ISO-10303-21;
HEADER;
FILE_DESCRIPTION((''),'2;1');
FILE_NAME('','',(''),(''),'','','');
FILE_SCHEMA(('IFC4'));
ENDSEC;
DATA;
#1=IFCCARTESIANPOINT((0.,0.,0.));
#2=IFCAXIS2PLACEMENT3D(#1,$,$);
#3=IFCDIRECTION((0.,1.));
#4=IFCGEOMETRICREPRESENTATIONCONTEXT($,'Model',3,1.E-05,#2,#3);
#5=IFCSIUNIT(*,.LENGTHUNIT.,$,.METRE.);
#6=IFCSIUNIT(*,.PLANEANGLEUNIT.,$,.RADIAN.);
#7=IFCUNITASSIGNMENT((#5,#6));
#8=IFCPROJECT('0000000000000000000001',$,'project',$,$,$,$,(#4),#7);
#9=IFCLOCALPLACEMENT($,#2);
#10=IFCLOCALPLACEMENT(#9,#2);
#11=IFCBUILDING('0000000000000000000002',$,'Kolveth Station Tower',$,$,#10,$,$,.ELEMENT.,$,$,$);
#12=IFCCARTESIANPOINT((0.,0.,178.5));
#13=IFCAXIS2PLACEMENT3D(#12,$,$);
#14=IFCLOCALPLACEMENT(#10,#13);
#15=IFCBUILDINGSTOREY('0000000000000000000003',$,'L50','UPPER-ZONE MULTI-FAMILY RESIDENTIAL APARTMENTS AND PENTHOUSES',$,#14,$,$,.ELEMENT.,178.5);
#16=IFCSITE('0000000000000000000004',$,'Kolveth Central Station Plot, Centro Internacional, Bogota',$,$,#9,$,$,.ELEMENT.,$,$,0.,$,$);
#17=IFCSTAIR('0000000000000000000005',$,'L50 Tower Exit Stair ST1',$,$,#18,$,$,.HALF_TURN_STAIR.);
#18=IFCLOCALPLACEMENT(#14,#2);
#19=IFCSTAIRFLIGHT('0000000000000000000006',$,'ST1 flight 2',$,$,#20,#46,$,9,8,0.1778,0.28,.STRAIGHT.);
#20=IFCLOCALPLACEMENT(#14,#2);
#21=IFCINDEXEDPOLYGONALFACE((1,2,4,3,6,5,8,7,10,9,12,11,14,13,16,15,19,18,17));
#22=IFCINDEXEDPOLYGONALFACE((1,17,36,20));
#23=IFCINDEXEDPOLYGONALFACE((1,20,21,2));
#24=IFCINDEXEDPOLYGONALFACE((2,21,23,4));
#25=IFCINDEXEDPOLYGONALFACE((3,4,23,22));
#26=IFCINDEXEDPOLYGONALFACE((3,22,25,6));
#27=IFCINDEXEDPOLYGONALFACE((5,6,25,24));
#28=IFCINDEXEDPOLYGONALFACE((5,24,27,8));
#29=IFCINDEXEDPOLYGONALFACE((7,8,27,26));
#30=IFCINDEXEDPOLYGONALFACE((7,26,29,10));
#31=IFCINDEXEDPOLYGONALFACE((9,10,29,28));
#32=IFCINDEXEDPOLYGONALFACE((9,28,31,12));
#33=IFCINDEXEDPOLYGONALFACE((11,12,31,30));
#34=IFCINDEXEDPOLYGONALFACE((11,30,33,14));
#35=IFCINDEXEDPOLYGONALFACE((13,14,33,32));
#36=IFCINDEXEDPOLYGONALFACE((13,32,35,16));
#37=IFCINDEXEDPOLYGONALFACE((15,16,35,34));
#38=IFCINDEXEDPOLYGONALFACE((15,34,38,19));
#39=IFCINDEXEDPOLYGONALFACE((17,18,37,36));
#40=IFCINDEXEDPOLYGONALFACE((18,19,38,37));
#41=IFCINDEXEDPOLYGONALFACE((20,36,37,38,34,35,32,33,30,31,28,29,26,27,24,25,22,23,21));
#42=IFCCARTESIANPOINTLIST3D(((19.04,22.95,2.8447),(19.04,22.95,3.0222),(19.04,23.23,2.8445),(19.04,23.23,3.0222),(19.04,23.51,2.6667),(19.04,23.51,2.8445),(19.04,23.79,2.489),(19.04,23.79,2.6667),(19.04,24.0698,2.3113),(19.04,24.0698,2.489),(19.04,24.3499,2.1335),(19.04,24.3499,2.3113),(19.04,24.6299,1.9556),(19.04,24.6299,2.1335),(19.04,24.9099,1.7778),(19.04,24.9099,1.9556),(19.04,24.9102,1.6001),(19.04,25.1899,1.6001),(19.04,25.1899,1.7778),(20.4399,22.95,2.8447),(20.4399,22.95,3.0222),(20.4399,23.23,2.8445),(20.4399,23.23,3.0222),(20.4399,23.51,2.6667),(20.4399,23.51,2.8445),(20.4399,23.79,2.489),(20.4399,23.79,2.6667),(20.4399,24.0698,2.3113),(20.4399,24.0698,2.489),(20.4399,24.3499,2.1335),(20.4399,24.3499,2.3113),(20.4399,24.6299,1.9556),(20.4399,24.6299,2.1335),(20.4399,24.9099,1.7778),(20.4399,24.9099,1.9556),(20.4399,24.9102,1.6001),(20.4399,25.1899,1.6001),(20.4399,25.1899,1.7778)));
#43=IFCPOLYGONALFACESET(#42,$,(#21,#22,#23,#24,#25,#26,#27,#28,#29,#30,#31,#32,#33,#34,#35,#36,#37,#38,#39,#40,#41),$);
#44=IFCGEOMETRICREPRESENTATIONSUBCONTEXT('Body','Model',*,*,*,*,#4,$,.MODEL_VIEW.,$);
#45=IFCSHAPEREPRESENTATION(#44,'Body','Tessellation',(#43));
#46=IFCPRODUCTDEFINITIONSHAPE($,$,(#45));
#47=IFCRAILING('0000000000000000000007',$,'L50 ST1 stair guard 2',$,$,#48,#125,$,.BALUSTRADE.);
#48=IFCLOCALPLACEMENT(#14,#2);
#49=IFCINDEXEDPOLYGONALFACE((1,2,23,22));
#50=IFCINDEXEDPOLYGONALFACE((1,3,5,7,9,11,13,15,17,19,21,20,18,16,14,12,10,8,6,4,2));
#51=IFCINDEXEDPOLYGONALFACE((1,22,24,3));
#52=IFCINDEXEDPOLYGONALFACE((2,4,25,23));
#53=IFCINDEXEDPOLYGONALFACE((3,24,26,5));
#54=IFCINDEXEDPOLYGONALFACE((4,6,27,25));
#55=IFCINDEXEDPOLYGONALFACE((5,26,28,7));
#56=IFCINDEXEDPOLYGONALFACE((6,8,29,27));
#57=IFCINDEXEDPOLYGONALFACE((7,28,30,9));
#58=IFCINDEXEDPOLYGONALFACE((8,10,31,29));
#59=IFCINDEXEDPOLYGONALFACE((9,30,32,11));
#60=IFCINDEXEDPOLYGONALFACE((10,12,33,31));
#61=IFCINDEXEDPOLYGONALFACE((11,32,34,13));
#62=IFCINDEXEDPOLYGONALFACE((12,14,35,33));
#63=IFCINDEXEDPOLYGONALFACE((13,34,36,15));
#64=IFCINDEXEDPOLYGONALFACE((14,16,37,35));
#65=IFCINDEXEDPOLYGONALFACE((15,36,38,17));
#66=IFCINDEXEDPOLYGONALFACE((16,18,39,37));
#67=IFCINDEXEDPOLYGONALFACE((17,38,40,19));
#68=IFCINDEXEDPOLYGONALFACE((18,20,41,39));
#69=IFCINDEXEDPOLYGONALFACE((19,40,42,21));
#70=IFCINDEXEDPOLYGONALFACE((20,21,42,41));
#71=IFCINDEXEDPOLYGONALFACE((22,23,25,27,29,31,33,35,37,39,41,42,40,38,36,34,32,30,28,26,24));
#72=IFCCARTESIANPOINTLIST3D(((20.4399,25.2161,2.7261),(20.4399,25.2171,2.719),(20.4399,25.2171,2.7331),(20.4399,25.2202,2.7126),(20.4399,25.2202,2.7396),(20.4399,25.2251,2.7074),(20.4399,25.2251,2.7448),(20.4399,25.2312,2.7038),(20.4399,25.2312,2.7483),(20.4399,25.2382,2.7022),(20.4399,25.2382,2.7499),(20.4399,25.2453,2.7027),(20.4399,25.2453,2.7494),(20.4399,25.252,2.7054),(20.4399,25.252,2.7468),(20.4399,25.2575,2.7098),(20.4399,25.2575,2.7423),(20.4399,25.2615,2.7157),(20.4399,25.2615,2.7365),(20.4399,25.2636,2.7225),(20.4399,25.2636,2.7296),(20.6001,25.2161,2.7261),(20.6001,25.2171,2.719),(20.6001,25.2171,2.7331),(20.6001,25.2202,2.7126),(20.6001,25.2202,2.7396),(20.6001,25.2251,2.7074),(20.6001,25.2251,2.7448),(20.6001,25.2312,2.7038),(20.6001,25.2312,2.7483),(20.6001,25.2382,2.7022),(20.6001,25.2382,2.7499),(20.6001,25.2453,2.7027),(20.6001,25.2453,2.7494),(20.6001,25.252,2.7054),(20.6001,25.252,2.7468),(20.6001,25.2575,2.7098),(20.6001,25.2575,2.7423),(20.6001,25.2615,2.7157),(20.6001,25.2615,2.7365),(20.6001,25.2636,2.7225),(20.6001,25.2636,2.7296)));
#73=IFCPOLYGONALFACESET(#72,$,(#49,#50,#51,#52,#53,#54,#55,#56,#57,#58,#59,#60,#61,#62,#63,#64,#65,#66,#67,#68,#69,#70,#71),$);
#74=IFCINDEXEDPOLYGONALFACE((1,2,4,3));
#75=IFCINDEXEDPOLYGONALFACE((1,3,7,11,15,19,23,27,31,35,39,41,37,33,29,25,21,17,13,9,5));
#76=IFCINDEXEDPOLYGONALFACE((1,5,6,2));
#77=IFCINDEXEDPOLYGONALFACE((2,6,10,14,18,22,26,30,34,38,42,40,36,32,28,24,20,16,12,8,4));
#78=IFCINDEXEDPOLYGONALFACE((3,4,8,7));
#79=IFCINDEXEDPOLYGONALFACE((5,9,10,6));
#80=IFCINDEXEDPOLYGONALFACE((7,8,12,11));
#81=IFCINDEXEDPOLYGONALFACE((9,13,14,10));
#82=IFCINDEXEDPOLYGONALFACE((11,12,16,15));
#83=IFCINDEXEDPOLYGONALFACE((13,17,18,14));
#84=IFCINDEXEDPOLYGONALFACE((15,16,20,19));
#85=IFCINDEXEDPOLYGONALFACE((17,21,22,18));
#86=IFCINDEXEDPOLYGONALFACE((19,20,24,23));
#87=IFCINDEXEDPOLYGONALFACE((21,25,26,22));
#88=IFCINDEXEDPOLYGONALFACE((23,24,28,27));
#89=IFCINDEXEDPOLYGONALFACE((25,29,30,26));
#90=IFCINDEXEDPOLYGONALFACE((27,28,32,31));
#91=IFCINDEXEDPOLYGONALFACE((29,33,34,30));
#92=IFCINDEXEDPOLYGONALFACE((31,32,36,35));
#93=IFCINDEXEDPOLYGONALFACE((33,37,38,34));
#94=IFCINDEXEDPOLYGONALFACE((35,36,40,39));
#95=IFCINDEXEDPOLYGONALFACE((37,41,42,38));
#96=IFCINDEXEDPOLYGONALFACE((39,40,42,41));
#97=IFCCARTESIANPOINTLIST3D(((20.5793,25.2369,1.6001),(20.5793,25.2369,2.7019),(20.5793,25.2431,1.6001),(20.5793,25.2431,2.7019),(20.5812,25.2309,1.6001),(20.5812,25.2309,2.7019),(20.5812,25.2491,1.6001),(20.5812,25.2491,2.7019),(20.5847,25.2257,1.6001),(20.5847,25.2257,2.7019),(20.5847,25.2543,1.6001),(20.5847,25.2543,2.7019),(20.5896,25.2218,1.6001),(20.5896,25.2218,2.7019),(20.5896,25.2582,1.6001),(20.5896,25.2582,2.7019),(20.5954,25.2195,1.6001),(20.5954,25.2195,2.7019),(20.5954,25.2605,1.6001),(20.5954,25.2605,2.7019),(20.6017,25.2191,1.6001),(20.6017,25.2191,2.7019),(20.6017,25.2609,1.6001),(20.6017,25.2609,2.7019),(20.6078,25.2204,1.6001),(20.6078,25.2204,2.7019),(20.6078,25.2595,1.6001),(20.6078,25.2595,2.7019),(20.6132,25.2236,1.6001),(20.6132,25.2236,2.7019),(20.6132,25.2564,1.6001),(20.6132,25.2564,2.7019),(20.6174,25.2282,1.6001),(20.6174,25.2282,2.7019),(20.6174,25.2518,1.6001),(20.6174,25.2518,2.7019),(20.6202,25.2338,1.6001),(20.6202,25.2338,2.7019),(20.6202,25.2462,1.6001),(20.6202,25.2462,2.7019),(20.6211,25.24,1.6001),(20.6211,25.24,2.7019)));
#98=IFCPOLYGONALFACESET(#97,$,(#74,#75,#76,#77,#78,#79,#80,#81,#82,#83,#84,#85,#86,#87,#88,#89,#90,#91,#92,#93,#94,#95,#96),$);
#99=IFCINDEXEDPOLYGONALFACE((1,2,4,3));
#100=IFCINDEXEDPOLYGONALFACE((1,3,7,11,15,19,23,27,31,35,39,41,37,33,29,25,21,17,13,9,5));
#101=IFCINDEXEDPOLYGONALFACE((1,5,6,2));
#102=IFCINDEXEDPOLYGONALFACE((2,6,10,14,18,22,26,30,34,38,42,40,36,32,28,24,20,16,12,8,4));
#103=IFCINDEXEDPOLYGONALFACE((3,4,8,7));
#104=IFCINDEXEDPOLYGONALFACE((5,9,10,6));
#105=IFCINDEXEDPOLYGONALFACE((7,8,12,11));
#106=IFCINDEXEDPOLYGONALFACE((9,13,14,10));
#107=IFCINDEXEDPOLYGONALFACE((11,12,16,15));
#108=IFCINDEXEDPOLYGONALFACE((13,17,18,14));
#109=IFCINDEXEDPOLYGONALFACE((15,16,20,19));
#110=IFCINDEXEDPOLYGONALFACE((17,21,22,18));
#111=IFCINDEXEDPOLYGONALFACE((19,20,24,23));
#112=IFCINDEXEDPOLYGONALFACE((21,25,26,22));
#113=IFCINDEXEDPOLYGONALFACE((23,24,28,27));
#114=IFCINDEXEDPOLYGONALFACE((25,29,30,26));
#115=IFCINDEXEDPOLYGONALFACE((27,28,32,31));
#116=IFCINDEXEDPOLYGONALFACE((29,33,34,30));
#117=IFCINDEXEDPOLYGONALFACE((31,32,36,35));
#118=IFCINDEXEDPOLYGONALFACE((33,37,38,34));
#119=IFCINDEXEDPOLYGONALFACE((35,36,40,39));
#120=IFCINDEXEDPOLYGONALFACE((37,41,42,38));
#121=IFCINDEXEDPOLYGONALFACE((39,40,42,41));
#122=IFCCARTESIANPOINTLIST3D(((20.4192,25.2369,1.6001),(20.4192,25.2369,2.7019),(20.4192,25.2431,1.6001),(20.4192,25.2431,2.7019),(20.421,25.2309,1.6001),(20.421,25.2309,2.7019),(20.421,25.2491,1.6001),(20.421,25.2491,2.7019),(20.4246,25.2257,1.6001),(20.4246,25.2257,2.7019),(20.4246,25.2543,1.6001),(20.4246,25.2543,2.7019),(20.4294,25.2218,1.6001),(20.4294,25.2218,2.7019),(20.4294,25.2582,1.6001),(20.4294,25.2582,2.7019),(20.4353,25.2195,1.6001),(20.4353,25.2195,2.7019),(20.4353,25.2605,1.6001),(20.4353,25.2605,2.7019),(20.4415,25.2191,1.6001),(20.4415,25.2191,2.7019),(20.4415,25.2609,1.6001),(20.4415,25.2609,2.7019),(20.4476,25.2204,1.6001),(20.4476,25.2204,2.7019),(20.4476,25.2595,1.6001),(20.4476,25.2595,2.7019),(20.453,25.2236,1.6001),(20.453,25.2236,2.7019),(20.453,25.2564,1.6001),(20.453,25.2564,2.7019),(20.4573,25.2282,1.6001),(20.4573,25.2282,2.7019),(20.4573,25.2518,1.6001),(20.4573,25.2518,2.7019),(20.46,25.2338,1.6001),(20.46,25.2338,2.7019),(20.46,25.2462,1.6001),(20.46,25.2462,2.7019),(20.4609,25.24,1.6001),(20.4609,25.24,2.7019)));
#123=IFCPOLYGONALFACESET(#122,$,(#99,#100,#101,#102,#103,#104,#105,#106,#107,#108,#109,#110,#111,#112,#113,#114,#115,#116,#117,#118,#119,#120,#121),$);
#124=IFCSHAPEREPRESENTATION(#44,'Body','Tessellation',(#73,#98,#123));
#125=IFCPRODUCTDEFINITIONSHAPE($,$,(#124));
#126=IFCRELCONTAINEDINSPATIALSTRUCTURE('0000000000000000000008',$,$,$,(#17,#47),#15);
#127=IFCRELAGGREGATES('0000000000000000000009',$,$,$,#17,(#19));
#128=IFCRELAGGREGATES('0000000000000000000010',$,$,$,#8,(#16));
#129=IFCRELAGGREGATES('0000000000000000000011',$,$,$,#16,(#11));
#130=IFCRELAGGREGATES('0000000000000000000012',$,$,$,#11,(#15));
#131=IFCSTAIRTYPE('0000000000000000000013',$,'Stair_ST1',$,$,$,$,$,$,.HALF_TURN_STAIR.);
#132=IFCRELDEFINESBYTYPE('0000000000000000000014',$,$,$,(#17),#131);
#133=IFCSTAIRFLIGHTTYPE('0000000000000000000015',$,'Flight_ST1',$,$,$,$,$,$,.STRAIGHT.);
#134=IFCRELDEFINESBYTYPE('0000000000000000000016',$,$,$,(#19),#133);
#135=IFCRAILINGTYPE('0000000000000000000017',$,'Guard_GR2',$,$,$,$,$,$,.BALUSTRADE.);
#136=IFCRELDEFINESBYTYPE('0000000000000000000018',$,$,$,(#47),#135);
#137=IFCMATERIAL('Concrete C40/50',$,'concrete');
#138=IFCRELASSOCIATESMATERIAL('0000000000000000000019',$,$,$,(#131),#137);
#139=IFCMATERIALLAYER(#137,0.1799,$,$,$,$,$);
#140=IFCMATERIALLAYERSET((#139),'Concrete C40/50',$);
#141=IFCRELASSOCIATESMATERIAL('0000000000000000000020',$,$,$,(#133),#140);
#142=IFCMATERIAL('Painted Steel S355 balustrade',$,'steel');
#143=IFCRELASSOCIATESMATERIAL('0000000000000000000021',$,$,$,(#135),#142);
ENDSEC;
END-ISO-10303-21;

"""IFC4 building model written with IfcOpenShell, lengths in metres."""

from ifc_helpers import new_model, si_unit, direction, frame, origin, origin_2d, place, context, subcontext, project, spatial, polyline, circle, outline, extrude, material, layer, layer_set, type_object, element, aggregate, save


model = new_model("IFC4")

# Units and contexts
model_context = context("Model", 3, precision=1e-05, world=origin(), true_north=direction((0.0, 1.0)))
body_context = subcontext(model_context, "Body", "Model", "MODEL_VIEW")
ifc_project = project(units=[si_unit("LENGTHUNIT", "METRE"), si_unit("PLANEANGLEUNIT", "RADIAN")], contexts=[model_context])

# Site, building, storey
site_placement = place(None, origin())
site = spatial("IfcSite", under=ifc_project, at=site_placement, Name="Kolveth Central Station Plot, Centro Internacional, Bogota", CompositionType="ELEMENT", RefElevation=0.0)
building_placement = place(site_placement, origin())
building = spatial("IfcBuilding", under=site, at=building_placement, Name="Kolveth Station Tower", CompositionType="ELEMENT")
storey_placement = place(building_placement, frame((0.0, 0.0, 178.5)))
storey = spatial("IfcBuildingStorey", under=building, at=storey_placement, Name="L50", Description="UPPER-ZONE MULTI-FAMILY RESIDENTIAL APARTMENTS AND PENTHOUSES", CompositionType="ELEMENT", Elevation=178.5)

# Shared definitions
ifc_material_1 = material(Name="Concrete C40/50", Category="concrete")

# Stair, stair flight
stair_type = type_object("IfcStairType", Name="Stair_ST1", PredefinedType="HALF_TURN_STAIR", material=ifc_material_1)
stair_placement = place(storey_placement, origin())
stair = element("IfcStair", 1, at=stair_placement, inside=storey, type_object=stair_type, Name="L50 Tower Exit Stair ST1", PredefinedType="HALF_TURN_STAIR")
ifc_layer_1 = layer(ifc_material_1, 0.1799)
ifc_layer_set_1 = layer_set([ifc_layer_1], Name="Concrete C40/50")
stair_flight_type = type_object("IfcStairFlightType", Name="Flight_ST1", PredefinedType="STRAIGHT", material=ifc_layer_set_1)
stair_flight_placement = place(storey_placement, frame((19.74, 25.1899, 1.6001), z_axis=(0.0, 0.0, 1.0), x_axis=(0.0, -1.0, 0.0)))
stair_flight = element("IfcStairFlight", 2, at=stair_flight_placement, type_object=stair_flight_type, Name="ST1 flight 2", NumberOfRisers=9, NumberOfTreads=8, PredefinedType="STRAIGHT", RiserHeight=0.1778, TreadLength=0.28, context=body_context, shape_type="SweptSolid", body=[
    extrude(outline(polyline([(0.0, 0.0), (0.0, 0.1777), (0.28, 0.1777), (0.28, 0.3555), (0.5601, 0.3555), (0.5601, 0.5334), (0.8401, 0.5334), (0.8401, 0.7112), (1.1201, 0.7112), (1.1201, 0.8889), (1.3999, 0.8889), (1.3999, 1.0667), (1.6799, 1.0667), (1.6799, 1.2444), (1.96, 1.2444), (1.96, 1.4221), (2.24, 1.4221), (2.24, 1.6001), (2.24, 1.2446), (0.2798, 0.0), (0.0, 0.0)])), frame((0.0, 0.7, 0.0), z_axis=(0.0, -1.0, 0.0), x_axis=(1.0, 0.0, 0.0)), (0.0, 0.0, 1.0), 1.3999),
])
aggregate(stair, [stair_flight])

# Railing
ifc_material_2 = material(Name="Painted Steel S355 balustrade", Category="steel")
railing_type_1 = type_object("IfcRailingType", Name="Guard_GR2", PredefinedType="BALUSTRADE", material=ifc_material_2)
railing_1_placement = place(storey_placement, frame((20.6001, 25.24, 1.6001)))
element("IfcRailing", 3, at=railing_1_placement, inside=storey, type_object=railing_type_1, Name="L50 ST1 stair guard 2", PredefinedType="BALUSTRADE", context=body_context, shape_type="SweptSolid", body=[
    extrude(circle(Radius=0.0239, at=origin_2d()), frame((0.0, 0.0, 1.126), z_axis=(-1.0, 0.0, 0.0), x_axis=(0.0, -1.0, 0.0)), (0.0, 0.0, 1.0), 0.1602),
    extrude(circle(Radius=0.021, at=origin_2d()), origin(), (0.0, 0.0, 1.0), 1.1018),
    extrude(circle(Radius=0.021, at=origin_2d()), frame((-0.1602, 0.0, 0.0)), (0.0, 0.0, 1.0), 1.1018),
])

save(model, "model.ifc")
